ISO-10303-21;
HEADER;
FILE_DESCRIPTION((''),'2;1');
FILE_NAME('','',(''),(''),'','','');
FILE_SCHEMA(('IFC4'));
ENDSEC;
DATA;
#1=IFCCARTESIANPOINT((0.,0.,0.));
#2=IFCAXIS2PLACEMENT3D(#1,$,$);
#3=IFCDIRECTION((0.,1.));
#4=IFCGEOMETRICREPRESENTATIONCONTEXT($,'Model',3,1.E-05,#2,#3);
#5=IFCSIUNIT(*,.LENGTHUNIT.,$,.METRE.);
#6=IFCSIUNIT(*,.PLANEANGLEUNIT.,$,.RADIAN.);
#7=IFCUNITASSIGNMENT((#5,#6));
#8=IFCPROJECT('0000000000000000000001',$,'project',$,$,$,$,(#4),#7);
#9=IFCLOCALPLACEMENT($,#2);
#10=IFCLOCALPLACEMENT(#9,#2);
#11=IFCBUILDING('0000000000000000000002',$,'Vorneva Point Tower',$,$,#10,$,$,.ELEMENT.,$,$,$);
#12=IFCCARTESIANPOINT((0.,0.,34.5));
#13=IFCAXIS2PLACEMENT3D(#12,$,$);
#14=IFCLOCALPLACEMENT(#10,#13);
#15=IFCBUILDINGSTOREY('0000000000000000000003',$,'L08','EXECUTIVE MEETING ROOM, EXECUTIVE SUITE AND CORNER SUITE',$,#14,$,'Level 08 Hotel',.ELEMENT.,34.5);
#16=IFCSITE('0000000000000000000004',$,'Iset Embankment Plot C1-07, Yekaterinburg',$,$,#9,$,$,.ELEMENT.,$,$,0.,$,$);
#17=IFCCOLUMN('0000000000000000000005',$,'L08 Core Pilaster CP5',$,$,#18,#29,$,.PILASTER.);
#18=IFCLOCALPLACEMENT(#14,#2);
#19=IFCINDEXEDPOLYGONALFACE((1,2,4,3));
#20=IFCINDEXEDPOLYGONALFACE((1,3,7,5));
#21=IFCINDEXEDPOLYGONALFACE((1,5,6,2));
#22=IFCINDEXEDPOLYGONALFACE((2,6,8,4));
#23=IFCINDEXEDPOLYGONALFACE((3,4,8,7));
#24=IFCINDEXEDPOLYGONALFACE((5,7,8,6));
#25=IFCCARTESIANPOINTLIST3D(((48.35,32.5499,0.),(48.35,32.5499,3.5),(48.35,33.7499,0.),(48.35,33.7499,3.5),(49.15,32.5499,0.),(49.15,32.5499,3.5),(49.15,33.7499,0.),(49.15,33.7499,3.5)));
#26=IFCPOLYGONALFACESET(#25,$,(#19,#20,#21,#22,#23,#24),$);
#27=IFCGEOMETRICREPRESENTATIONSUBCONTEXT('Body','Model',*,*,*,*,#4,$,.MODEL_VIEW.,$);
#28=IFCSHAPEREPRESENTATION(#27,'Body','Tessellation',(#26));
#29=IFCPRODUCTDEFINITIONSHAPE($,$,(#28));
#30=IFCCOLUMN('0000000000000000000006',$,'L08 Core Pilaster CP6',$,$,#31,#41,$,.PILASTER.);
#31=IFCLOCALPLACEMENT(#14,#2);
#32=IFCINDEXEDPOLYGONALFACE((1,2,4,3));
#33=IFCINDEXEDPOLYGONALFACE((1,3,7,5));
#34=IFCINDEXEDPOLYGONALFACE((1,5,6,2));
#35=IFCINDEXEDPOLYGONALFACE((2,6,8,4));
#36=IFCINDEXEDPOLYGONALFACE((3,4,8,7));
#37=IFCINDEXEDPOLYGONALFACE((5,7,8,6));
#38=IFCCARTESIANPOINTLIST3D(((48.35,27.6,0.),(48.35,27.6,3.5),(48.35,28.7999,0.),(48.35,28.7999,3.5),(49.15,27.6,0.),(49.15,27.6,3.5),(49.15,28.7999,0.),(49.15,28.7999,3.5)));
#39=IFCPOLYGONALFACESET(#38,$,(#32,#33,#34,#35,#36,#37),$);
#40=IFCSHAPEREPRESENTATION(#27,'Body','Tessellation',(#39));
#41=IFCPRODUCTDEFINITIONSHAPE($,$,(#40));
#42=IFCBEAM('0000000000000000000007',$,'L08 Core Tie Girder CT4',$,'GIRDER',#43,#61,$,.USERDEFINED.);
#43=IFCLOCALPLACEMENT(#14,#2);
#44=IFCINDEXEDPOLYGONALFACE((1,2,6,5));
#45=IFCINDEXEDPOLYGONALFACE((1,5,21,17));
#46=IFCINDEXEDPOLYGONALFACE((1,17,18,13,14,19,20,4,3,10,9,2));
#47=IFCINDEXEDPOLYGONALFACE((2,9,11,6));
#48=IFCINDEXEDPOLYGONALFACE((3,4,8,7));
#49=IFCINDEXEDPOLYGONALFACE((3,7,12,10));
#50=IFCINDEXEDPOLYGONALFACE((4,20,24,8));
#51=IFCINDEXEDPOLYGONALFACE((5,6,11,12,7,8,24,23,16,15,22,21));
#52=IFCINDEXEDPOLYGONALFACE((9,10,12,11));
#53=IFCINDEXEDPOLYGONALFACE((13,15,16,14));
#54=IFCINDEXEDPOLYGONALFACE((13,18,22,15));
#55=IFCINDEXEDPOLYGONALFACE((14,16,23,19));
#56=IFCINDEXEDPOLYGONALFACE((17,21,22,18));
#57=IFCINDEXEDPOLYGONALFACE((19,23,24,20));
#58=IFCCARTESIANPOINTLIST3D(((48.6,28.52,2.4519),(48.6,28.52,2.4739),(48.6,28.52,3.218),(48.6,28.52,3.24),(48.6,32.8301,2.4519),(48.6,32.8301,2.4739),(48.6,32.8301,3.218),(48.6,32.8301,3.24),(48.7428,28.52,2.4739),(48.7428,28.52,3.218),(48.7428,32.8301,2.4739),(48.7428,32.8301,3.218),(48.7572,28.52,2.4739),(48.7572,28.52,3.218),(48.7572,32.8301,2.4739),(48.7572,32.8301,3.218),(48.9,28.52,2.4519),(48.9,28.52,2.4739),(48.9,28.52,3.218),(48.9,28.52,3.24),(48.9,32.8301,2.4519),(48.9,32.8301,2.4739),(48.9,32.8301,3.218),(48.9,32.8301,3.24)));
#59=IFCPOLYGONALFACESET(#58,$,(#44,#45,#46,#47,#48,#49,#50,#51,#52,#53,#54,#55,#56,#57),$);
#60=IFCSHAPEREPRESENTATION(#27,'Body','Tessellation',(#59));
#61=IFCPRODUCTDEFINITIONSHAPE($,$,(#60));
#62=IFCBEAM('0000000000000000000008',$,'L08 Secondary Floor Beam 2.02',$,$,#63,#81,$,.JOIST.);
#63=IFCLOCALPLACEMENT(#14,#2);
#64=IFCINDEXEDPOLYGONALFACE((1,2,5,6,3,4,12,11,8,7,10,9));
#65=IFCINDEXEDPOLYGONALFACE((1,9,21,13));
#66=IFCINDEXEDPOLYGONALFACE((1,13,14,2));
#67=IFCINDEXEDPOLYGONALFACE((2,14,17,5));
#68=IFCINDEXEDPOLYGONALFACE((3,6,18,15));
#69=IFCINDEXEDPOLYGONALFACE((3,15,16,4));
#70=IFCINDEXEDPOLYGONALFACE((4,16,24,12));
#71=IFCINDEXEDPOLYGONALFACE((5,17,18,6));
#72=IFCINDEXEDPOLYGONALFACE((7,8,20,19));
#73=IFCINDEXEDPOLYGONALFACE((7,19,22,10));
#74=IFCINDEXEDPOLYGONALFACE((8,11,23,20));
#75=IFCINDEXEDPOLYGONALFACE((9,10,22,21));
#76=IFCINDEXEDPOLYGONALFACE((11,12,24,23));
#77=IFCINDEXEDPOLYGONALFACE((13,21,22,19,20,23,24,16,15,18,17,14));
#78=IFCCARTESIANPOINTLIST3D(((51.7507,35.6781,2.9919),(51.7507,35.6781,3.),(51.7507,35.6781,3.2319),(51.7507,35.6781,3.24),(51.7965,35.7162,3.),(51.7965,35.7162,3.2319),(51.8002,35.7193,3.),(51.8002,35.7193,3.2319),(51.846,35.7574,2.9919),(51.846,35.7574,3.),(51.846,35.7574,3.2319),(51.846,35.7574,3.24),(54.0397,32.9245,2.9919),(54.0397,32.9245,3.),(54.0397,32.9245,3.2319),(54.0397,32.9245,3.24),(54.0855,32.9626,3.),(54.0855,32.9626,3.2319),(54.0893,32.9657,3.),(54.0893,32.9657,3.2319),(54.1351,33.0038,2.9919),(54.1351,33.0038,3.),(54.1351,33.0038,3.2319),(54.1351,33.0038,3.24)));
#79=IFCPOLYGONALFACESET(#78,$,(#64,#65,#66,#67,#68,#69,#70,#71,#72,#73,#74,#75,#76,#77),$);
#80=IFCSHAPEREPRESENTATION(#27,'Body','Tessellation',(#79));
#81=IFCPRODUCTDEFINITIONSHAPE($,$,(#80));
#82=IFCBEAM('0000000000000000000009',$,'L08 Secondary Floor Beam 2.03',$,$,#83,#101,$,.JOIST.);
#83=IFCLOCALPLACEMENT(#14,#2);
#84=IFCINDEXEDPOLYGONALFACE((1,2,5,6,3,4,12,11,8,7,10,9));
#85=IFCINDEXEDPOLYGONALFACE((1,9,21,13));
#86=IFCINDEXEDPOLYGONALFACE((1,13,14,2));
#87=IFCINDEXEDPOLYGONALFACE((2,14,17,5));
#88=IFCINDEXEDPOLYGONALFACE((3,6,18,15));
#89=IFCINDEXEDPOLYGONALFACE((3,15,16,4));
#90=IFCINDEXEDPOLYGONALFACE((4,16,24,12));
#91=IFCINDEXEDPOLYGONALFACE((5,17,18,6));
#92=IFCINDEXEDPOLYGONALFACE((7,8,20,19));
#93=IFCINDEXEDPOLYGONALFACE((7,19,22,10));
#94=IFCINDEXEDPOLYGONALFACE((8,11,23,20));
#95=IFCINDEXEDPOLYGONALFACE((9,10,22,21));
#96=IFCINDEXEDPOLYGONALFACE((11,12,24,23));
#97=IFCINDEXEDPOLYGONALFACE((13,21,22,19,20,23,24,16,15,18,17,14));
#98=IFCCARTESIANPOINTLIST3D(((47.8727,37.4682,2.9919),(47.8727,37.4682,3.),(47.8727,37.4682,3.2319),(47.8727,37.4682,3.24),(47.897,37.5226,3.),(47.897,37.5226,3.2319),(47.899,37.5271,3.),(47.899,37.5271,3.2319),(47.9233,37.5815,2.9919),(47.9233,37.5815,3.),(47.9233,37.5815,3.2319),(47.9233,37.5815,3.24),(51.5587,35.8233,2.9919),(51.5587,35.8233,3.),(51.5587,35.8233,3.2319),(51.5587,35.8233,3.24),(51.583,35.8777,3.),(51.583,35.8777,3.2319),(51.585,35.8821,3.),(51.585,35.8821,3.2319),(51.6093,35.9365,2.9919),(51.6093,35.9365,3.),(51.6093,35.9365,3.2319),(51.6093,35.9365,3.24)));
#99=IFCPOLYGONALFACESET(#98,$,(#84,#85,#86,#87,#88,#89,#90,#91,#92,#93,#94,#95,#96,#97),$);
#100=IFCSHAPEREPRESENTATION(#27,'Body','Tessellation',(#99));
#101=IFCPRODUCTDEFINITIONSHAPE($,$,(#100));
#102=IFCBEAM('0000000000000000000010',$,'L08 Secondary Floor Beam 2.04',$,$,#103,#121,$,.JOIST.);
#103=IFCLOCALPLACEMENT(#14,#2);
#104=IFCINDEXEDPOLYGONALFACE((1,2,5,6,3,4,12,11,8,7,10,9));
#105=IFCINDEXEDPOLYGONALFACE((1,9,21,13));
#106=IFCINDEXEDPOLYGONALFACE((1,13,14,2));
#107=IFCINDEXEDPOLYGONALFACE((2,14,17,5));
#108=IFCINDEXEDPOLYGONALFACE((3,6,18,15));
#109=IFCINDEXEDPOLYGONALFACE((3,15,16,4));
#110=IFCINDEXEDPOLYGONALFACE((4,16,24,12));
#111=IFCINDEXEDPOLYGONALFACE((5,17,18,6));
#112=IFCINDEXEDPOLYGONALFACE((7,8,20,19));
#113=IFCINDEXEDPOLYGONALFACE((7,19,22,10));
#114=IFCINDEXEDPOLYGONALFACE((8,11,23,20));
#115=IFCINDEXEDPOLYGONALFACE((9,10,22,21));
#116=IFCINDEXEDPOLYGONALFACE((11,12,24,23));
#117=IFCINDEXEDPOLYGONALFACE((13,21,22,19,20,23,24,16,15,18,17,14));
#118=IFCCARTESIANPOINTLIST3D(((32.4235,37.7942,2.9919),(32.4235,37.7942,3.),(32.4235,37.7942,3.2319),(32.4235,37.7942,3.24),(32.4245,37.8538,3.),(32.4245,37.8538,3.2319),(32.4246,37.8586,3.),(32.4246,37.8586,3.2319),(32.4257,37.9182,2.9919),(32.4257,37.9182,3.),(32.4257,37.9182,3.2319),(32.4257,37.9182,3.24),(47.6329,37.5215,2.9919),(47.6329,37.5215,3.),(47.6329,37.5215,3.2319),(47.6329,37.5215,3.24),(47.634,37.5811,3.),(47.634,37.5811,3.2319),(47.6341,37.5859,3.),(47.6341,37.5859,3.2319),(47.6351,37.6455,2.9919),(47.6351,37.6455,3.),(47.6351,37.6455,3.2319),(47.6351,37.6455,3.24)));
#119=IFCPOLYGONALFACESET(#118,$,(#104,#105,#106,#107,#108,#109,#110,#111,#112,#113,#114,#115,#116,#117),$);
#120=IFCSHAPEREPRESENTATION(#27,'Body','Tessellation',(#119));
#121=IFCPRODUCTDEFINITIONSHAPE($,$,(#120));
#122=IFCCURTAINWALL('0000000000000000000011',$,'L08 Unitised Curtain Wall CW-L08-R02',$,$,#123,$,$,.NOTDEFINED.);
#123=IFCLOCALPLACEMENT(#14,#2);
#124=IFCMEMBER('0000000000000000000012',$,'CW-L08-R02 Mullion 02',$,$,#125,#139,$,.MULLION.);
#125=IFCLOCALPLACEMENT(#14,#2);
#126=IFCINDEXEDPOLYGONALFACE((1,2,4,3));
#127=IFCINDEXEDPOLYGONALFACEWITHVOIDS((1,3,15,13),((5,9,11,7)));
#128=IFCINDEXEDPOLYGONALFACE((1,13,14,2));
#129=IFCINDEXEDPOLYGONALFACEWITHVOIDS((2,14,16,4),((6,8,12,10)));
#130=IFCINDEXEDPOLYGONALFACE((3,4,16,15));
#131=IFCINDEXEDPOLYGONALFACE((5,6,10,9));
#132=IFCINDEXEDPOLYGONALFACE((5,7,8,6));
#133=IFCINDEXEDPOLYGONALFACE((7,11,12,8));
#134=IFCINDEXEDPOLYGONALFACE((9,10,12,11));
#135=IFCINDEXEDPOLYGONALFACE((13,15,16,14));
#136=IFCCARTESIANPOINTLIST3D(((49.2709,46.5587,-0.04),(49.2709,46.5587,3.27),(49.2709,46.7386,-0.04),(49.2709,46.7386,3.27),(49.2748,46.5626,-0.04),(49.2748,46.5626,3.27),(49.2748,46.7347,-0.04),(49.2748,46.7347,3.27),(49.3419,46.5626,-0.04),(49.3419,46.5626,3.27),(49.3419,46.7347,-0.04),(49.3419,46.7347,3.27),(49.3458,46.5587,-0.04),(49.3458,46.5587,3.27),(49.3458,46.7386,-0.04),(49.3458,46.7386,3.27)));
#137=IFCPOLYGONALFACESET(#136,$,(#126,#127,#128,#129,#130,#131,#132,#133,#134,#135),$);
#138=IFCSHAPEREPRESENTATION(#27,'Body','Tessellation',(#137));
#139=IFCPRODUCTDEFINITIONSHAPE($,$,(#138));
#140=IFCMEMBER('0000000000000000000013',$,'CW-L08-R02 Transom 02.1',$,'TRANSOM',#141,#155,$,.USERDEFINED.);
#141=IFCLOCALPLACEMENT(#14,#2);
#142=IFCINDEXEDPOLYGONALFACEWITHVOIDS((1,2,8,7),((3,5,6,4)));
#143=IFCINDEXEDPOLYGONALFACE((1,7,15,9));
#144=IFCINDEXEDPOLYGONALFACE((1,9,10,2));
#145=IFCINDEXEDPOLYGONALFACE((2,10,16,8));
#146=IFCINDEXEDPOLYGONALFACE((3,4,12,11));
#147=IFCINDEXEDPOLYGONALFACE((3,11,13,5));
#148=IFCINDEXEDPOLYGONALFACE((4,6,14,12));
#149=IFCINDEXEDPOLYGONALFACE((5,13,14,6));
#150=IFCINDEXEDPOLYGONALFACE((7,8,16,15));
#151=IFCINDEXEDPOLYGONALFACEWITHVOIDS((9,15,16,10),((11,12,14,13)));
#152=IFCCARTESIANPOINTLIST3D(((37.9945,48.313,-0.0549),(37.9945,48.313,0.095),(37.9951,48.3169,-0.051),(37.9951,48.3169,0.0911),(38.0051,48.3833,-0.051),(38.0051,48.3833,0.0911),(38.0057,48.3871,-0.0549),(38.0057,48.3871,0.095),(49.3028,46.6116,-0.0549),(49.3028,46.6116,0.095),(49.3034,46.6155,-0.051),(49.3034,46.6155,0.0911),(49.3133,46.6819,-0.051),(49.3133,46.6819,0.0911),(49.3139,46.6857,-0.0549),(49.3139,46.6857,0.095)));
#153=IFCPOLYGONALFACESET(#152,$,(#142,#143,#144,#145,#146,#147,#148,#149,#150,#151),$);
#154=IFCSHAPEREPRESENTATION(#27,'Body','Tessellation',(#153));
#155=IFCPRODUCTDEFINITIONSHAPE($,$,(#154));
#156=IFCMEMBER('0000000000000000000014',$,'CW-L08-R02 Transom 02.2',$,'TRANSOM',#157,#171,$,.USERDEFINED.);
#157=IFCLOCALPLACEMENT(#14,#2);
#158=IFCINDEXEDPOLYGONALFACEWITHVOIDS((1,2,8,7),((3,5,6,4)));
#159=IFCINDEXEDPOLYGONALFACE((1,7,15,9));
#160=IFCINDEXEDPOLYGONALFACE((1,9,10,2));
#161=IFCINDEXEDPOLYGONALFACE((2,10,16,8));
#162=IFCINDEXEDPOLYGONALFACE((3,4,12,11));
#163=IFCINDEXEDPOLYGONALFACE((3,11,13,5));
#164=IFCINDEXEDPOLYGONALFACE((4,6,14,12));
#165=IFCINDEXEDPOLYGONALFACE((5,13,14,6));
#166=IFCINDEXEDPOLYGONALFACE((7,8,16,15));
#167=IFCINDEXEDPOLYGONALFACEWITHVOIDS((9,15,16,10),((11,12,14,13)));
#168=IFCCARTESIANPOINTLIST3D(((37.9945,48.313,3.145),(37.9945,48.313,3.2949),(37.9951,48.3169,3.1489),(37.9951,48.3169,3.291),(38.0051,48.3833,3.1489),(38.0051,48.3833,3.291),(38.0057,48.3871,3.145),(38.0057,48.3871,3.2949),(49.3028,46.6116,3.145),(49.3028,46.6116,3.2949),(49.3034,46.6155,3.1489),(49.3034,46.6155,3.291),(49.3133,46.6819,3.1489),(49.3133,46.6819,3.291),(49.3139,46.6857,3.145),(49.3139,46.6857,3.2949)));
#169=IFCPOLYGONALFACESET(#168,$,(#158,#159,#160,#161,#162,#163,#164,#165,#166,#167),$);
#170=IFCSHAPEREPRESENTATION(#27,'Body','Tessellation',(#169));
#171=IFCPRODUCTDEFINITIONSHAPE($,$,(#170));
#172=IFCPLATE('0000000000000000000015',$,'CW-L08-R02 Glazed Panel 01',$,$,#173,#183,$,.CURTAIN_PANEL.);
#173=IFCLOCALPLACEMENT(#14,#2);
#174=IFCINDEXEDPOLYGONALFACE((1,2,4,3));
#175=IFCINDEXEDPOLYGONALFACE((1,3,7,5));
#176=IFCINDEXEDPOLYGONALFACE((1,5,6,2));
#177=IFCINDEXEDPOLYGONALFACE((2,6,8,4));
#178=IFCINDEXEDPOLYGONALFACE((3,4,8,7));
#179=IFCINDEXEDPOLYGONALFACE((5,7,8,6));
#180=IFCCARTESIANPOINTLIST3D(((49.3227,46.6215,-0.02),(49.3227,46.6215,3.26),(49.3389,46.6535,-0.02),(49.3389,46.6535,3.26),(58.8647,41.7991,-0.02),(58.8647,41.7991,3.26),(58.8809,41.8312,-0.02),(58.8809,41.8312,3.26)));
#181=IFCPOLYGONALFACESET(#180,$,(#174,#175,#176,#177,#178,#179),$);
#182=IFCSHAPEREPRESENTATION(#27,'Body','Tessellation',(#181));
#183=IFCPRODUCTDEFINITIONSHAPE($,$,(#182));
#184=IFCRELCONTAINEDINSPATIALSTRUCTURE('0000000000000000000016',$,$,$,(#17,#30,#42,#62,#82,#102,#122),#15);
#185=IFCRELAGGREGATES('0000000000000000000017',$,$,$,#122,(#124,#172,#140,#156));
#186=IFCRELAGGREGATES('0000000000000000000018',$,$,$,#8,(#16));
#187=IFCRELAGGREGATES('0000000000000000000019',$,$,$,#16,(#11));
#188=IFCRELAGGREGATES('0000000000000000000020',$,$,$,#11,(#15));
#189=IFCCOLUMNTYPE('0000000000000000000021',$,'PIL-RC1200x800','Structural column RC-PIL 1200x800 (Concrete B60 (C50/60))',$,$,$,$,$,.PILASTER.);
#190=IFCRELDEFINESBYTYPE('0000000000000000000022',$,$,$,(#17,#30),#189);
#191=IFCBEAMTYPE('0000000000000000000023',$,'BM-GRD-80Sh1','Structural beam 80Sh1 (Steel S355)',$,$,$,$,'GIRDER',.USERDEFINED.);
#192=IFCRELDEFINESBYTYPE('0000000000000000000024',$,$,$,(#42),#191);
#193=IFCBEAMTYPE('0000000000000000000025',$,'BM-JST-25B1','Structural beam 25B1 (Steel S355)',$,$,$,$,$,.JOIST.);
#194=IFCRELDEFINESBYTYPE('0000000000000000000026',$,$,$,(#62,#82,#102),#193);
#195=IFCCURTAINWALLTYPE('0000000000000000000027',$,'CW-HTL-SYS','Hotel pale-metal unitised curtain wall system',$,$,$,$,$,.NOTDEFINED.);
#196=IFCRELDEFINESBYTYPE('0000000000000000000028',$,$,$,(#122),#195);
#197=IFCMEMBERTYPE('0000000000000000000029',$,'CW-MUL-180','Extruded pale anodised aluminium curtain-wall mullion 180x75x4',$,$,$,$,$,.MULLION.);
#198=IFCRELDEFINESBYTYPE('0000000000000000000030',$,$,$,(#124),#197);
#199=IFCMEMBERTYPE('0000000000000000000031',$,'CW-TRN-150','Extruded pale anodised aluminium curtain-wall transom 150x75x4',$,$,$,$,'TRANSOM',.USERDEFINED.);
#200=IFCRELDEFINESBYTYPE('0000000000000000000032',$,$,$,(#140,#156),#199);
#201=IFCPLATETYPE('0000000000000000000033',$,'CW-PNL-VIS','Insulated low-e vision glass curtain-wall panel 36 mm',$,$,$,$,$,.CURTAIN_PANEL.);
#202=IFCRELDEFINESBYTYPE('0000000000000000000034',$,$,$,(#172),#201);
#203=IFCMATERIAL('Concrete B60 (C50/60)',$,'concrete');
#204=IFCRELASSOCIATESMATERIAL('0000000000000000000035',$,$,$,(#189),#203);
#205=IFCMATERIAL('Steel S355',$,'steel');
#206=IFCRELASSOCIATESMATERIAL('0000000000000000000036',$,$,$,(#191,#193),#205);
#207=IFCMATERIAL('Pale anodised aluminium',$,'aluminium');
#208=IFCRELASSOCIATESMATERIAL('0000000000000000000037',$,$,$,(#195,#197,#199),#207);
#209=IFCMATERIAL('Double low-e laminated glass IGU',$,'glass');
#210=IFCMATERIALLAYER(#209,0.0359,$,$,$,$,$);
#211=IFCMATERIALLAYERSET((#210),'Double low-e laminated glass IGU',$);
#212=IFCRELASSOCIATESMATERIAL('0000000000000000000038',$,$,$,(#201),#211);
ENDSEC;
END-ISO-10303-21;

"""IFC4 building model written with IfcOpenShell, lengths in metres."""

from ifc_helpers import new_model, si_unit, direction, frame, origin, origin_2d, place, context, subcontext, project, spatial, rectangle, hollow_rectangle, i_section, extrude, material, layer, layer_set, material_profile, profile_set, type_object, element, aggregate, save


model = new_model("IFC4")

# Units and contexts
model_context = context("Model", 3, precision=1e-05, world=origin(), true_north=direction((0.0, 1.0)))
body_context = subcontext(model_context, "Body", "Model", "MODEL_VIEW")
ifc_project = project(units=[si_unit("LENGTHUNIT", "METRE"), si_unit("PLANEANGLEUNIT", "RADIAN")], contexts=[model_context])

# Site, building, storey
site_placement = place(None, origin())
site = spatial("IfcSite", under=ifc_project, at=site_placement, Name="Iset Embankment Plot C1-07, Yekaterinburg", CompositionType="ELEMENT", RefElevation=0.0)
building_placement = place(site_placement, origin())
building = spatial("IfcBuilding", under=site, at=building_placement, Name="Vorneva Point Tower", CompositionType="ELEMENT")
storey_placement = place(building_placement, frame((0.0, 0.0, 34.5)))
storey = spatial("IfcBuildingStorey", under=building, at=storey_placement, Name="L08", Description="EXECUTIVE MEETING ROOM, EXECUTIVE SUITE AND CORNER SUITE", LongName="Level 08 Hotel", CompositionType="ELEMENT", Elevation=34.5)

# Columns
ifc_material_1 = material(Name="Concrete B60 (C50/60)", Category="concrete")
ifc_material_profile_1 = material_profile(ifc_material_1, rectangle(XDim=0.8, YDim=1.2, at=origin_2d()), Name="RC-PIL 1200x800")
ifc_profile_set_1 = profile_set([ifc_material_profile_1], Name="Concrete B60 (C50/60)")
column_type = type_object("IfcColumnType", Name="PIL-RC1200x800", Description="Structural column RC-PIL 1200x800 (Concrete B60 (C50/60))", PredefinedType="PILASTER", material=ifc_profile_set_1)
for number, where, z_axis, x_axis, name in (
    (1, (48.75, 33.1499, 0.0), (0.0, 0.0, 1.0), (1.0, 0.0, 0.0), "L08 Core Pilaster CP5"),
    (2, (48.75, 28.2, 0.0), (0.0, 0.0, 1.0), (1.0, 0.0, 0.0), "L08 Core Pilaster CP6"),
):
    element("IfcColumn", number, at=place(storey_placement, frame(where, z_axis=z_axis, x_axis=x_axis)), inside=storey, type_object=column_type, Name=name, PredefinedType="PILASTER", context=body_context, shape_type="SweptSolid", body=[
        extrude(rectangle(XDim=0.8, YDim=1.2, at=origin_2d()), origin(), (0.0, 0.0, 1.0), 3.5),
    ])

# Beams
ifc_material_2 = material(Name="Steel S355", Category="steel")
ifc_material_profile_2 = material_profile(ifc_material_2, i_section(OverallWidth=0.3, OverallDepth=0.7881, WebThickness=0.0144, FlangeThickness=0.022, at=origin_2d()), Name="80Sh1")
ifc_profile_set_2 = profile_set([ifc_material_profile_2], Name="Steel S355")
beam_type_1 = type_object("IfcBeamType", Name="BM-GRD-80Sh1", Description="Structural beam 80Sh1 (Steel S355)", ElementType="GIRDER", PredefinedType="USERDEFINED", material=ifc_profile_set_2)
beam_1_placement = place(storey_placement, frame((48.75, 28.52, 2.8459), z_axis=(0.0, 1.0, 0.0), x_axis=(-1.0, 0.0, 0.0)))
element("IfcBeam", 3, at=beam_1_placement, inside=storey, type_object=beam_type_1, Name="L08 Core Tie Girder CT4", ObjectType="GIRDER", PredefinedType="USERDEFINED", context=body_context, shape_type="SweptSolid", body=[
    extrude(i_section(OverallWidth=0.3, OverallDepth=0.7881, WebThickness=0.0144, FlangeThickness=0.022, at=origin_2d()), origin(), (0.0, 0.0, 1.0), 4.3101),
])
ifc_material_profile_3 = material_profile(ifc_material_2, i_section(OverallWidth=0.124, OverallDepth=0.248, WebThickness=0.0049, FlangeThickness=0.0081, at=origin_2d()), Name="25B1")
ifc_profile_set_3 = profile_set([ifc_material_profile_3], Name="Steel S355")
beam_type_2 = type_object("IfcBeamType", Name="BM-JST-25B1", Description="Structural beam 25B1 (Steel S355)", PredefinedType="JOIST", material=ifc_profile_set_3)
beam_2_placement = place(storey_placement, frame((54.0874, 32.9641, 3.116), z_axis=(-0.639252, 0.768998, 0.0), x_axis=(-0.768998, -0.639252, 0.0)))
element("IfcBeam", 4, at=beam_2_placement, inside=storey, type_object=beam_type_2, Name="L08 Secondary Floor Beam 2.02", PredefinedType="JOIST", context=body_context, shape_type="SweptSolid", body=[
    extrude(i_section(OverallWidth=0.124, OverallDepth=0.248, WebThickness=0.0049, FlangeThickness=0.0081, at=origin_2d()), origin(), (0.0, 0.0, 1.0), 3.5808),
])
beam_3_placement = place(storey_placement, frame((51.584, 35.8799, 3.116), z_axis=(-0.913187, 0.407541, 0.0), x_axis=(-0.407541, -0.913187, 0.0)))
element("IfcBeam", 5, at=beam_3_placement, inside=storey, type_object=beam_type_2, Name="L08 Secondary Floor Beam 2.03", PredefinedType="JOIST", context=body_context, shape_type="SweptSolid", body=[
    extrude(i_section(OverallWidth=0.124, OverallDepth=0.248, WebThickness=0.0049, FlangeThickness=0.0081, at=origin_2d()), origin(), (0.0, 0.0, 1.0), 4.0364),
])
beam_4_placement = place(storey_placement, frame((47.634, 37.5835, 3.116), z_axis=(-0.999839, 0.017927, 0.0), x_axis=(-0.017927, -0.999839, 0.0)))
element("IfcBeam", 6, at=beam_4_placement, inside=storey, type_object=beam_type_2, Name="L08 Secondary Floor Beam 2.04", PredefinedType="JOIST", context=body_context, shape_type="SweptSolid", body=[
    extrude(i_section(OverallWidth=0.124, OverallDepth=0.248, WebThickness=0.0049, FlangeThickness=0.0081, at=origin_2d()), origin(), (0.0, 0.0, 1.0), 15.2119),
])

# Curtain wall, members, plate
ifc_material_3 = material(Name="Pale anodised aluminium", Category="aluminium")
curtain_wall_type = type_object("IfcCurtainWallType", Name="CW-HTL-SYS", Description="Hotel pale-metal unitised curtain wall system", PredefinedType="NOTDEFINED", material=ifc_material_3)
curtain_wall_placement = place(storey_placement, origin())
curtain_wall = element("IfcCurtainWall", 7, at=curtain_wall_placement, inside=storey, type_object=curtain_wall_type, Name="L08 Unitised Curtain Wall CW-L08-R02", PredefinedType="NOTDEFINED")
ifc_material_profile_4 = material_profile(ifc_material_3, hollow_rectangle(XDim=0.075, YDim=0.1799, WallThickness=0.0039, at=origin_2d()), Name="AL-MUL 180x75x4")
ifc_profile_set_4 = profile_set([ifc_material_profile_4], Name="Pale anodised aluminium")
member_type_1 = type_object("IfcMemberType", Name="CW-MUL-180", Description="Extruded pale anodised aluminium curtain-wall mullion 180x75x4", PredefinedType="MULLION", material=ifc_profile_set_4)
member_1_placement = place(storey_placement, frame((49.3083, 46.6487, -0.04), z_axis=(0.0, 0.0, 1.0), x_axis=(1.0, 0.0, 0.0)))
member_1 = element("IfcMember", 8, at=member_1_placement, type_object=member_type_1, Name="CW-L08-R02 Mullion 02", PredefinedType="MULLION", context=body_context, shape_type="SweptSolid", body=[
    extrude(hollow_rectangle(XDim=0.075, YDim=0.1799, WallThickness=0.0039, at=origin_2d()), origin(), (0.0, 0.0, 1.0), 3.3101),
])
ifc_material_profile_5 = material_profile(ifc_material_3, hollow_rectangle(XDim=0.075, YDim=0.1499, WallThickness=0.0039, at=origin_2d()), Name="AL-TRN 150x75x4")
ifc_profile_set_5 = profile_set([ifc_material_profile_5], Name="Pale anodised aluminium")
member_type_2 = type_object("IfcMemberType", Name="CW-TRN-150", Description="Extruded pale anodised aluminium curtain-wall transom 150x75x4", ElementType="TRANSOM", PredefinedType="USERDEFINED", material=ifc_profile_set_5)
member_2_placement = place(storey_placement, frame((49.3083, 46.6487, 0.02), z_axis=(-0.98887, 0.148782, 0.0), x_axis=(-0.148782, -0.98887, 0.0)))
member_2 = element("IfcMember", 9, at=member_2_placement, type_object=member_type_2, Name="CW-L08-R02 Transom 02.1", ObjectType="TRANSOM", PredefinedType="USERDEFINED", context=body_context, shape_type="SweptSolid", body=[
    extrude(hollow_rectangle(XDim=0.075, YDim=0.1499, WallThickness=0.0039, at=origin_2d()), origin(), (0.0, 0.0, 1.0), 11.4355),
])
member_3_placement = place(storey_placement, frame((49.3083, 46.6487, 3.22), z_axis=(-0.98887, 0.148782, 0.0), x_axis=(-0.148782, -0.98887, 0.0)))
member_3 = element("IfcMember", 10, at=member_3_placement, type_object=member_type_2, Name="CW-L08-R02 Transom 02.2", ObjectType="TRANSOM", PredefinedType="USERDEFINED", context=body_context, shape_type="SweptSolid", body=[
    extrude(hollow_rectangle(XDim=0.075, YDim=0.1499, WallThickness=0.0039, at=origin_2d()), origin(), (0.0, 0.0, 1.0), 11.4355),
])
ifc_material_4 = material(Name="Double low-e laminated glass IGU", Category="glass")
ifc_layer_1 = layer(ifc_material_4, 0.0359)
ifc_layer_set_1 = layer_set([ifc_layer_1], Name="Double low-e laminated glass IGU")
plate_type = type_object("IfcPlateType", Name="CW-PNL-VIS", Description="Insulated low-e vision glass curtain-wall panel 36 mm", PredefinedType="CURTAIN_PANEL", material=ifc_layer_set_1)
plate_placement = place(storey_placement, frame((54.1018, 44.2263, -0.02), z_axis=(0.0, 0.0, 1.0), x_axis=(-0.892499, 0.451049, 0.0)))
plate = element("IfcPlate", 11, at=plate_placement, type_object=plate_type, Name="CW-L08-R02 Glazed Panel 01", PredefinedType="CURTAIN_PANEL", context=body_context, shape_type="SweptSolid", body=[
    extrude(rectangle(XDim=10.6914, YDim=0.0359, at=origin_2d()), origin(), (0.0, 0.0, 1.0), 3.28),
])
aggregate(curtain_wall, [member_1, plate, member_2, member_3])

save(model, "model.ifc")
